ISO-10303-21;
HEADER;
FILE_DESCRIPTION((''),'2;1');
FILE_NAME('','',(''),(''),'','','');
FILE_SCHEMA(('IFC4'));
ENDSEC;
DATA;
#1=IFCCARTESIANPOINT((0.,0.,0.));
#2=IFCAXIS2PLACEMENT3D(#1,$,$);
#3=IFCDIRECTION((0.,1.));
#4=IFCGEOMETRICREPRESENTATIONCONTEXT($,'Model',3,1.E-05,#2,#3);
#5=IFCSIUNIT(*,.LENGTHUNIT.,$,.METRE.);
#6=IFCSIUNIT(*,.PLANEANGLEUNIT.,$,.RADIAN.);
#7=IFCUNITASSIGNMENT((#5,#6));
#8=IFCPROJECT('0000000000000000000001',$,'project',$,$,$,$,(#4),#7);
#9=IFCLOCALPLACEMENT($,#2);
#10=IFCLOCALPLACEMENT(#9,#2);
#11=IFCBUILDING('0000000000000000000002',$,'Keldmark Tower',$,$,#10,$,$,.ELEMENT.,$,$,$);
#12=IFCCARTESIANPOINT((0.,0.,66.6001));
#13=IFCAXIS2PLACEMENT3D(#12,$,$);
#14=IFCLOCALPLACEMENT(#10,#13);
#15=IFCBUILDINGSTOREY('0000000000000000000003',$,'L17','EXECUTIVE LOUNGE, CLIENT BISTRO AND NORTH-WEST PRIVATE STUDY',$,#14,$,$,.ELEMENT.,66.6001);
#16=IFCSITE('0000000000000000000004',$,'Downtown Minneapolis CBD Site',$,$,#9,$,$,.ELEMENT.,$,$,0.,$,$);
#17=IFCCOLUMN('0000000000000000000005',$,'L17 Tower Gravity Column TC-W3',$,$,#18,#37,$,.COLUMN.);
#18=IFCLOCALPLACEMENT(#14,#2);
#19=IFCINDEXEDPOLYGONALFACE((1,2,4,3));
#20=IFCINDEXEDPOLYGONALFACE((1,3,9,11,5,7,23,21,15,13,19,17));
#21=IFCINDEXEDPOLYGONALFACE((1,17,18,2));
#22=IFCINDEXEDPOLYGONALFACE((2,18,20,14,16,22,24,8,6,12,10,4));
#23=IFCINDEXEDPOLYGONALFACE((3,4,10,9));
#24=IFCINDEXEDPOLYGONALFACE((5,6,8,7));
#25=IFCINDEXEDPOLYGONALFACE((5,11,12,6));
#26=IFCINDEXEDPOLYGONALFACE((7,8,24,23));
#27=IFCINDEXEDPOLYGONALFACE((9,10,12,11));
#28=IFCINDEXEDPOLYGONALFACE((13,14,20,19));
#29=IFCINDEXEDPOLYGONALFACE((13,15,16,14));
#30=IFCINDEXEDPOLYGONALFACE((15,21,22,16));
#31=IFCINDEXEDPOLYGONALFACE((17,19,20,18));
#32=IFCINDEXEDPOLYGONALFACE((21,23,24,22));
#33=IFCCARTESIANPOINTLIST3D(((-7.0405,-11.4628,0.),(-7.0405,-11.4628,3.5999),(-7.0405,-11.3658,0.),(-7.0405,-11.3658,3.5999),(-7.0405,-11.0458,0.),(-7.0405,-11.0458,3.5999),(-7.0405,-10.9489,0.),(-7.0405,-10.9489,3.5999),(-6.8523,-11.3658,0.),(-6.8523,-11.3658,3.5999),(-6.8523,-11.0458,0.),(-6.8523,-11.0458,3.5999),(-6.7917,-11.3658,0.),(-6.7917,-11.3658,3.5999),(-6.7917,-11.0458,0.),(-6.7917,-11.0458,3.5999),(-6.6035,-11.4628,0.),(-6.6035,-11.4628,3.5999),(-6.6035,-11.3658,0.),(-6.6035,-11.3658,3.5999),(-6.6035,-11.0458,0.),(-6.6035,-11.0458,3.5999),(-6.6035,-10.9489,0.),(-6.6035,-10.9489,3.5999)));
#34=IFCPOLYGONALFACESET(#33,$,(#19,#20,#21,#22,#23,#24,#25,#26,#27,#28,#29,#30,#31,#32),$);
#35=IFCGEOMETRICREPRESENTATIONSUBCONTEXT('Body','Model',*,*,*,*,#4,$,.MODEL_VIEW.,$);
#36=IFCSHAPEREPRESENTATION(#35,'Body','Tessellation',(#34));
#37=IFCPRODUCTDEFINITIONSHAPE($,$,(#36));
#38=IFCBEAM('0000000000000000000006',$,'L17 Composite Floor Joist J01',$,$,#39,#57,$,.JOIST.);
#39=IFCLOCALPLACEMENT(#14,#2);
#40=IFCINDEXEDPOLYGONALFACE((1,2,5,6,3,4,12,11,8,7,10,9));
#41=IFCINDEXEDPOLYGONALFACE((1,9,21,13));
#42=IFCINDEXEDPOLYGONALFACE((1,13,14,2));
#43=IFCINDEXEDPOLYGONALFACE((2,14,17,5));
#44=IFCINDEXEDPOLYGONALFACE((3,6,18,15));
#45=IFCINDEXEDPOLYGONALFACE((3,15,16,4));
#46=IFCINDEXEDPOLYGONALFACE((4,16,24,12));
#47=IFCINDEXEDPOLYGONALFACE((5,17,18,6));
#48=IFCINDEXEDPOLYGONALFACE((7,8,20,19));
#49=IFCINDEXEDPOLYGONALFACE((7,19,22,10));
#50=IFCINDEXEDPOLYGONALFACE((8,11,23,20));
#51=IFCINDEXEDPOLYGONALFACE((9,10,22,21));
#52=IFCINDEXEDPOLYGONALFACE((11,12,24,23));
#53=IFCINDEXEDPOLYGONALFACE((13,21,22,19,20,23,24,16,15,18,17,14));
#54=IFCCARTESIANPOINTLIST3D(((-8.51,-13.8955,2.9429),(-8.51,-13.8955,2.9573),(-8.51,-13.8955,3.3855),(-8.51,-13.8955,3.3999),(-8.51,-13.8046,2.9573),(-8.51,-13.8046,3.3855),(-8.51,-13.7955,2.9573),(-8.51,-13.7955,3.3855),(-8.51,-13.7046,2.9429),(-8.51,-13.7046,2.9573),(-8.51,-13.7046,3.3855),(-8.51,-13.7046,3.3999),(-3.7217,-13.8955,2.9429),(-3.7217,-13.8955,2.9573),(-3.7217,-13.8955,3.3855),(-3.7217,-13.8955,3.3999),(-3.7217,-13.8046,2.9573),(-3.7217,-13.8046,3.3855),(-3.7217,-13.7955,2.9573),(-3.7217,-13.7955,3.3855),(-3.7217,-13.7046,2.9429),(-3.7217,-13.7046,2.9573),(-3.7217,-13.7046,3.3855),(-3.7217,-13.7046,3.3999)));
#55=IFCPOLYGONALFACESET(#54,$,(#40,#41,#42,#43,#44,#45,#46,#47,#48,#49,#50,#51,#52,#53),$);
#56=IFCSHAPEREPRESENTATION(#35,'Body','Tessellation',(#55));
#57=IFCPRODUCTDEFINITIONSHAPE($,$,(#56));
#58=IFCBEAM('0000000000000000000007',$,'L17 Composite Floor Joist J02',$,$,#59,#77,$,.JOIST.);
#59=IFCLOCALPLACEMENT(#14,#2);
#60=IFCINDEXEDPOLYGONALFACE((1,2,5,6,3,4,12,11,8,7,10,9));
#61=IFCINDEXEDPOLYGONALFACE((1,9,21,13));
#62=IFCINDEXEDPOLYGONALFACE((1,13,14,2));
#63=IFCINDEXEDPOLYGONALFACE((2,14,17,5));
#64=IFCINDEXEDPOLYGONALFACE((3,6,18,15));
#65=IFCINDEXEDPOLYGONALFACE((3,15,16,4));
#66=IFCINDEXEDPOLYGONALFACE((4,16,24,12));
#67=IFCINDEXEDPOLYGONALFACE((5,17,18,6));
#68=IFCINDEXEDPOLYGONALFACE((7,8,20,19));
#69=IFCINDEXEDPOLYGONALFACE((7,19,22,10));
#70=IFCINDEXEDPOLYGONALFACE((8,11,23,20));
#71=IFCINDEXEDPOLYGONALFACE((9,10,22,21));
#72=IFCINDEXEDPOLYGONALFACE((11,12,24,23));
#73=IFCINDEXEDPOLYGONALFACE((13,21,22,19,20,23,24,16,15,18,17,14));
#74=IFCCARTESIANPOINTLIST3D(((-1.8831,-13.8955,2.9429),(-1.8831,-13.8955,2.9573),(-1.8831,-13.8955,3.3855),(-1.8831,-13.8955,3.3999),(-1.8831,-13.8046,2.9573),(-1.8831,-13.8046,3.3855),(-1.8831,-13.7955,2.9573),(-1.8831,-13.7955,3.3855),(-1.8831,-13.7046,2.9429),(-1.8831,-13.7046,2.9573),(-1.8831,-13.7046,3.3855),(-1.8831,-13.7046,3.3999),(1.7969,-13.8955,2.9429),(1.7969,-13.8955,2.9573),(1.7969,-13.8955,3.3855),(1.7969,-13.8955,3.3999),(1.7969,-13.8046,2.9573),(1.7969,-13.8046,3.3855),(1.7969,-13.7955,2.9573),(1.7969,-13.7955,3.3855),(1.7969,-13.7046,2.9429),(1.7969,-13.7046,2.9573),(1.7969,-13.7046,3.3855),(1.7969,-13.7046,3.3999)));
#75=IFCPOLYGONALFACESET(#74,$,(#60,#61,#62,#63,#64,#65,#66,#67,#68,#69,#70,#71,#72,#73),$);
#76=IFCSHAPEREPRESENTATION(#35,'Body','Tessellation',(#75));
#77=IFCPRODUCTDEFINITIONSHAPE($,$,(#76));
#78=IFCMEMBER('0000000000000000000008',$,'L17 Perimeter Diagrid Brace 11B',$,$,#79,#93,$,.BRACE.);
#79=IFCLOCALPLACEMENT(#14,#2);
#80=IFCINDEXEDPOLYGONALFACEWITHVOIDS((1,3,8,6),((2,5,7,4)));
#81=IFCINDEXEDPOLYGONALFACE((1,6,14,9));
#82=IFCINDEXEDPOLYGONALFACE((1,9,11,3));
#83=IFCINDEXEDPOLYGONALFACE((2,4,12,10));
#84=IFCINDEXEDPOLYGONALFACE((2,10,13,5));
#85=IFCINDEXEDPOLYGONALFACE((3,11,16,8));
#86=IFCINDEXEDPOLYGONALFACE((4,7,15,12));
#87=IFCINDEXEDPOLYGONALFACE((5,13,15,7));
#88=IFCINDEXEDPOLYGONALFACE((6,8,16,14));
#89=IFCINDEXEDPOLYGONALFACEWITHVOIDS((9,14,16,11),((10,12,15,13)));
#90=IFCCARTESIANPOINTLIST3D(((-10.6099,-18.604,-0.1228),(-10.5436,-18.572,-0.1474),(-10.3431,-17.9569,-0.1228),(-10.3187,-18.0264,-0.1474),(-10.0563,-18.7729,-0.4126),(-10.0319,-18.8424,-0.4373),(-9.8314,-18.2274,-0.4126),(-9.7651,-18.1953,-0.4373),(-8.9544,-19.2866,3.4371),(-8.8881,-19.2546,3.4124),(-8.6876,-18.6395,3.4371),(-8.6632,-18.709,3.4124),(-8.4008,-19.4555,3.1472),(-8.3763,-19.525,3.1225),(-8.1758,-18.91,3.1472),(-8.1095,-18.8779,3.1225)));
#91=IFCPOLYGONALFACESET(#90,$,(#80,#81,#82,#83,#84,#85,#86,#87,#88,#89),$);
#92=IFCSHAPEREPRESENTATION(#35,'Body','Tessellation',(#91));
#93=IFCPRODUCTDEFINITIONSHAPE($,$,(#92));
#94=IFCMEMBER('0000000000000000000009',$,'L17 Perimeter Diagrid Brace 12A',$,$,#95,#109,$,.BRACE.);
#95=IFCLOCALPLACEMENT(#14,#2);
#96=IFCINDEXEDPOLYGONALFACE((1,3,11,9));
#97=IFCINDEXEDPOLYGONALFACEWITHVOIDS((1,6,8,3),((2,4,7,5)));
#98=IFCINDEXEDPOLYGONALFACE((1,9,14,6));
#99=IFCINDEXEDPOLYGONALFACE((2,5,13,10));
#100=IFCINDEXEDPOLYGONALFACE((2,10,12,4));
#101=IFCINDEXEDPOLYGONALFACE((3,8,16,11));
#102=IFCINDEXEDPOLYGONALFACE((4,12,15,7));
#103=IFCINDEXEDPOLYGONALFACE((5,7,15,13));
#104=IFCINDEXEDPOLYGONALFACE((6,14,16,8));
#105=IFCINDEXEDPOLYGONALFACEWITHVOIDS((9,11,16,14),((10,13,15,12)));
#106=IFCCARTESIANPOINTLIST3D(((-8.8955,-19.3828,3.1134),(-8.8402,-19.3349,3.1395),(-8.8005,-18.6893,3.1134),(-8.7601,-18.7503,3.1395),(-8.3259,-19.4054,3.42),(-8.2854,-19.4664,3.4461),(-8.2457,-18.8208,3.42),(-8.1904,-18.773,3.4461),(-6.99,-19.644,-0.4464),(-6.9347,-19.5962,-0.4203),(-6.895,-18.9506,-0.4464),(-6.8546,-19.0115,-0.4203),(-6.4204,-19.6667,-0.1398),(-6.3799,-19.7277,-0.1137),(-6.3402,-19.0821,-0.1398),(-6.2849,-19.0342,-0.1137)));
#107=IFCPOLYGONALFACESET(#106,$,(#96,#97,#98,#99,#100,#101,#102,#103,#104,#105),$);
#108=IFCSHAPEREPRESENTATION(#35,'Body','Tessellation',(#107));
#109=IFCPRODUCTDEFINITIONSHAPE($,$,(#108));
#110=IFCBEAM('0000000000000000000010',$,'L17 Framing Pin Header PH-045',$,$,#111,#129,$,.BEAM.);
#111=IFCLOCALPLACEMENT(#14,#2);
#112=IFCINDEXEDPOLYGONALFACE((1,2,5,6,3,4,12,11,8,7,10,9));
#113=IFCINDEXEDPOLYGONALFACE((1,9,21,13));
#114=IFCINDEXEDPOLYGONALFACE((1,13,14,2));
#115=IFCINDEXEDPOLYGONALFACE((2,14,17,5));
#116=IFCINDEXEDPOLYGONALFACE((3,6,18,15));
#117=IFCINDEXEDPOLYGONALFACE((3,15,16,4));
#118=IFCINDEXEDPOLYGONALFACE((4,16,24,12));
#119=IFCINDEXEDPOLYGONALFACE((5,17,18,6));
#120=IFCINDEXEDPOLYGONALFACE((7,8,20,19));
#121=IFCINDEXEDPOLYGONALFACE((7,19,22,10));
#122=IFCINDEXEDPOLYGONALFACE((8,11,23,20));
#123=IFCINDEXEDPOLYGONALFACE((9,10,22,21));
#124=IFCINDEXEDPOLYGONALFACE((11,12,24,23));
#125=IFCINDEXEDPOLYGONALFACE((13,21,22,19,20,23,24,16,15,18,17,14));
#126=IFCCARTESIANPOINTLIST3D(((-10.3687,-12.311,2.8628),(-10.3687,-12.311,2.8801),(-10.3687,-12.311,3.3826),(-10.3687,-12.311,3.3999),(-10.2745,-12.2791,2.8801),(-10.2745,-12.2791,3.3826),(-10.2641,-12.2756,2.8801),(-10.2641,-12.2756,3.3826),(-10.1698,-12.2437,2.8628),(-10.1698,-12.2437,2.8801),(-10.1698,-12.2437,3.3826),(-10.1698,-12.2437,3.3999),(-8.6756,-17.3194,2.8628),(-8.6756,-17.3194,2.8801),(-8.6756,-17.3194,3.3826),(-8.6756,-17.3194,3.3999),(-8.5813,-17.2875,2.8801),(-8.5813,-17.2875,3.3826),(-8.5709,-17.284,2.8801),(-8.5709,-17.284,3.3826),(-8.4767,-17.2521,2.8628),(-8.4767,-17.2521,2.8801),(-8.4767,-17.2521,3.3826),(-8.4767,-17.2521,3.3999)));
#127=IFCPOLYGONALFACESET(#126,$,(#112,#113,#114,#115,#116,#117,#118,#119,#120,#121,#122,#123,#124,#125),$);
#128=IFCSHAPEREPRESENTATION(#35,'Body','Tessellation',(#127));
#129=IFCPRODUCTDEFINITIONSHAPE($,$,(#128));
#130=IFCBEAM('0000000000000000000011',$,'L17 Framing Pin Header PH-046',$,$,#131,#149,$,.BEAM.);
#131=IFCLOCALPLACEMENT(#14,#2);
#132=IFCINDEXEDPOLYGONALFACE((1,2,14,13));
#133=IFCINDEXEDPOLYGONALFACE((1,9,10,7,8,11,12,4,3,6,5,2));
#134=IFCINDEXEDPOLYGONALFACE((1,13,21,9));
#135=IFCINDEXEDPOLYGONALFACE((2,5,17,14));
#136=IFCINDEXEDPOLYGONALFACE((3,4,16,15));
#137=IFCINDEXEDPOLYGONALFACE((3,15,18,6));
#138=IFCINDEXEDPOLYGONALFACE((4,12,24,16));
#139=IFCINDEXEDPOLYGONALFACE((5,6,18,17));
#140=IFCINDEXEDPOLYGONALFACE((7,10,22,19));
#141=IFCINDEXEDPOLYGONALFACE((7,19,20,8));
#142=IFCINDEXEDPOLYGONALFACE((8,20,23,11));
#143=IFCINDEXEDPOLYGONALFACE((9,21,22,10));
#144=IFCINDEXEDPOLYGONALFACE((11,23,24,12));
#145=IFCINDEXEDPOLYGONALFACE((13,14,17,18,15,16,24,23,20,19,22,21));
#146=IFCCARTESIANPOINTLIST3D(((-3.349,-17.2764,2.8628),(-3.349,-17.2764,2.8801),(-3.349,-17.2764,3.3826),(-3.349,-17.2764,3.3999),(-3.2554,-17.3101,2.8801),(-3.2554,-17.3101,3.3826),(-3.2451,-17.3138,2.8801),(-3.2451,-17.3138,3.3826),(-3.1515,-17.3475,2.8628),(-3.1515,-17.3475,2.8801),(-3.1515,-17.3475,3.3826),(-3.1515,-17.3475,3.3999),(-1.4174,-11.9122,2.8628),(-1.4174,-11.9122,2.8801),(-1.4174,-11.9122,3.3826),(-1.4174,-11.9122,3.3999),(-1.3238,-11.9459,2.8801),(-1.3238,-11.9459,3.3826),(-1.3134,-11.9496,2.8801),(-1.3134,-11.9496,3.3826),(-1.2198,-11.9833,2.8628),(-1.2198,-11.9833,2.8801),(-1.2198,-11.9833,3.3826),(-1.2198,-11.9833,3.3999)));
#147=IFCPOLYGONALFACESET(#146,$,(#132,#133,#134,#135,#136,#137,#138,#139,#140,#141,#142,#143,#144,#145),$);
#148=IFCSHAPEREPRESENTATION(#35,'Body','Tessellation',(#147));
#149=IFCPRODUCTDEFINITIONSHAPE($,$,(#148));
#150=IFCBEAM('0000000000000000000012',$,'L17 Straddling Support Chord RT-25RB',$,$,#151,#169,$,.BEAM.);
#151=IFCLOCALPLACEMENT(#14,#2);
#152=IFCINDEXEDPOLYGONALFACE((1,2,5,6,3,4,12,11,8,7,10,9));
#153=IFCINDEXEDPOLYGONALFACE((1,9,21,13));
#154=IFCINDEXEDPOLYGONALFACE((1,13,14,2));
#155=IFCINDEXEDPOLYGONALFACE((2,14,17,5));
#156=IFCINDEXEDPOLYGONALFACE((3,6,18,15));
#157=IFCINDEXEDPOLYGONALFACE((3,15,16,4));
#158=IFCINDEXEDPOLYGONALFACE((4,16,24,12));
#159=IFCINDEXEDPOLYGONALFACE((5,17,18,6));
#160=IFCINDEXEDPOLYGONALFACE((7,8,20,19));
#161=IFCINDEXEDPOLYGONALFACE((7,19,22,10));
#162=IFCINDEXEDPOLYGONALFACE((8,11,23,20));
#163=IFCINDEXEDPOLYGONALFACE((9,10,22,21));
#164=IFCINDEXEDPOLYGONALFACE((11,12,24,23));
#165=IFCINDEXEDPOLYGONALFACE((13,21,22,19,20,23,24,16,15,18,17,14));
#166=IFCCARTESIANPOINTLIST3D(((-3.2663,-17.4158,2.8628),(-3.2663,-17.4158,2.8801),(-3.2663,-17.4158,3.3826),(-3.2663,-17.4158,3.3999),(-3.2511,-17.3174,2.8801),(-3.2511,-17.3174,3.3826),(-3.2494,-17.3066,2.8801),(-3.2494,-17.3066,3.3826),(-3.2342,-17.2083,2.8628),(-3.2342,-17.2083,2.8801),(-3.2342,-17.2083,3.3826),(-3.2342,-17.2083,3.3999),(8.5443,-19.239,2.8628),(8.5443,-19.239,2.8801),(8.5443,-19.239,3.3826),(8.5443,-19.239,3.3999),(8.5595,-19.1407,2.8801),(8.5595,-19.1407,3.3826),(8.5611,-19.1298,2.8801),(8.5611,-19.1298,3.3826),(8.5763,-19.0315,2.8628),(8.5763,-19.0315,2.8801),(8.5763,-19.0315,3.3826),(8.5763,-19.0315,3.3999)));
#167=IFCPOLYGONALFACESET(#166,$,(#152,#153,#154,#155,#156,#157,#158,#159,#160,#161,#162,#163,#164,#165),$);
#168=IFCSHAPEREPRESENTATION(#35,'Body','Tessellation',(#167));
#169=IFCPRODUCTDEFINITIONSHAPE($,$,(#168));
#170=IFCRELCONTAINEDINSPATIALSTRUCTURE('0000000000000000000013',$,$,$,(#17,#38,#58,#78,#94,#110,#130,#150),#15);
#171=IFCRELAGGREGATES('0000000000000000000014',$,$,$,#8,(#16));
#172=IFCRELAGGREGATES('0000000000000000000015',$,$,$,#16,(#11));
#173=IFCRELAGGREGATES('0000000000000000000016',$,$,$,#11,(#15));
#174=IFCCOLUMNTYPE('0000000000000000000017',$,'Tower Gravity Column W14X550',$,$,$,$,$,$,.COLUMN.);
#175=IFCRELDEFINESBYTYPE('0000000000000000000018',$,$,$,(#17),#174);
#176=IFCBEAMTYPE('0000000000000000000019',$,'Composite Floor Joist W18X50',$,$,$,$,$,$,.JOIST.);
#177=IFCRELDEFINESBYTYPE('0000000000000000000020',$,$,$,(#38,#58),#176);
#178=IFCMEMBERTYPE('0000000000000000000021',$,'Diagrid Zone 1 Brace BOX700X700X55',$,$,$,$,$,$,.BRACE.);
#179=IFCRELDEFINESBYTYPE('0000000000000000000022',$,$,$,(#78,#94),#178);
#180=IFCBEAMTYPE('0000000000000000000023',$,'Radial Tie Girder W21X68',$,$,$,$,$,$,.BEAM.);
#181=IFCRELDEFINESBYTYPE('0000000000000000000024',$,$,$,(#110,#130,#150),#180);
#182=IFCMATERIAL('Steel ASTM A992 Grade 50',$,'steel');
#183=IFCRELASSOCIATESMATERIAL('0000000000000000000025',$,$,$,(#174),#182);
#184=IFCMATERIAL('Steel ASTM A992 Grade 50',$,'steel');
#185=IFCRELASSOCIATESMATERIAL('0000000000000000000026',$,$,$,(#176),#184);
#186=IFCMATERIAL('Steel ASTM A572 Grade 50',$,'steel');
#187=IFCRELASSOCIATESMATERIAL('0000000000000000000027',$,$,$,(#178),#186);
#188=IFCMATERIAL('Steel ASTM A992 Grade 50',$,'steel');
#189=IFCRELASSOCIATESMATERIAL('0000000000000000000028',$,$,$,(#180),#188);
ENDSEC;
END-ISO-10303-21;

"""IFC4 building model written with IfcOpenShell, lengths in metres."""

from ifc_helpers import new_model, si_unit, direction, frame, origin, origin_2d, place, context, subcontext, project, spatial, hollow_rectangle, i_section, extrude, material, material_profile, profile_set, type_object, element, save


model = new_model("IFC4")

# Units and contexts
model_context = context("Model", 3, precision=1e-05, world=origin(), true_north=direction((0.0, 1.0)))
body_context = subcontext(model_context, "Body", "Model", "MODEL_VIEW")
ifc_project = project(units=[si_unit("LENGTHUNIT", "METRE"), si_unit("PLANEANGLEUNIT", "RADIAN")], contexts=[model_context])

# Site, building, storey
site_placement = place(None, origin())
site = spatial("IfcSite", under=ifc_project, at=site_placement, Name="Downtown Minneapolis CBD Site", CompositionType="ELEMENT", RefElevation=0.0)
building_placement = place(site_placement, origin())
building = spatial("IfcBuilding", under=site, at=building_placement, Name="Keldmark Tower", CompositionType="ELEMENT")
storey_placement = place(building_placement, frame((0.0, 0.0, 66.6001)))
storey = spatial("IfcBuildingStorey", under=building, at=storey_placement, Name="L17", Description="EXECUTIVE LOUNGE, CLIENT BISTRO AND NORTH-WEST PRIVATE STUDY", CompositionType="ELEMENT", Elevation=66.6001)

# Column
ifc_material_1 = material(Name="Steel ASTM A992 Grade 50", Category="steel")
ifc_material_profile_1 = material_profile(ifc_material_1, i_section(OverallWidth=0.437, OverallDepth=0.5139, WebThickness=0.0605, FlangeThickness=0.0969, at=origin_2d()), Name="W14X550")
ifc_profile_set_1 = profile_set([ifc_material_profile_1], Name="Steel ASTM A992 Grade 50")
column_type = type_object("IfcColumnType", Name="Tower Gravity Column W14X550", PredefinedType="COLUMN", material=ifc_profile_set_1)
column_placement = place(storey_placement, frame((-6.822, -11.2058, 0.0), z_axis=(0.0, 0.0, 1.0), x_axis=(1.0, 0.0, 0.0)))
element("IfcColumn", 1, at=column_placement, inside=storey, type_object=column_type, Name="L17 Tower Gravity Column TC-W3", PredefinedType="COLUMN", context=body_context, shape_type="SweptSolid", body=[
    extrude(i_section(OverallWidth=0.437, OverallDepth=0.5139, WebThickness=0.0605, FlangeThickness=0.0969, at=origin_2d()), origin(), (0.0, 0.0, 1.0), 3.5999),
])

# Beams
ifc_material_2 = material(Name="Steel ASTM A992 Grade 50", Category="steel")
ifc_material_profile_2 = material_profile(ifc_material_2, i_section(OverallWidth=0.1909, OverallDepth=0.457, WebThickness=0.009, FlangeThickness=0.0144, at=origin_2d()), Name="W18X50")
ifc_profile_set_2 = profile_set([ifc_material_profile_2], Name="Steel ASTM A992 Grade 50")
beam_type_1 = type_object("IfcBeamType", Name="Composite Floor Joist W18X50", PredefinedType="JOIST", material=ifc_profile_set_2)
beam_1_placement = place(storey_placement, frame((-8.51, -13.8, 3.1714), z_axis=(1.0, 0.0, 0.0), x_axis=(0.0, 1.0, 0.0)))
element("IfcBeam", 2, at=beam_1_placement, inside=storey, type_object=beam_type_1, Name="L17 Composite Floor Joist J01", PredefinedType="JOIST", context=body_context, shape_type="SweptSolid", body=[
    extrude(i_section(OverallWidth=0.1909, OverallDepth=0.457, WebThickness=0.009, FlangeThickness=0.0144, at=origin_2d()), origin(), (0.0, 0.0, 1.0), 4.7883),
])
beam_2_placement = place(storey_placement, frame((-1.8831, -13.8, 3.1714), z_axis=(1.0, 0.0, 0.0), x_axis=(0.0, 1.0, 0.0)))
element("IfcBeam", 3, at=beam_2_placement, inside=storey, type_object=beam_type_1, Name="L17 Composite Floor Joist J02", PredefinedType="JOIST", context=body_context, shape_type="SweptSolid", body=[
    extrude(i_section(OverallWidth=0.1909, OverallDepth=0.457, WebThickness=0.009, FlangeThickness=0.0144, at=origin_2d()), origin(), (0.0, 0.0, 1.0), 3.6799),
])

# Members
ifc_material_3 = material(Name="Steel ASTM A572 Grade 50", Category="steel")
ifc_material_profile_3 = material_profile(ifc_material_3, hollow_rectangle(XDim=0.7, YDim=0.7, WallThickness=0.0549, at=origin_2d()), Name="BOX700X700X55")
ifc_profile_set_3 = profile_set([ifc_material_profile_3], Name="Steel ASTM A572 Grade 50")
member_type = type_object("IfcMemberType", Name="Diagrid Zone 1 Brace BOX700X700X55", PredefinedType="BRACE", material=ifc_profile_set_3)
member_1_placement = place(storey_placement, frame((-10.1875, -18.3997, -0.28), z_axis=(0.415454, -0.171303, 0.893338), x_axis=(0.381195, 0.924494, 0.0)))
element("IfcMember", 4, at=member_1_placement, inside=storey, type_object=member_type, Name="L17 Perimeter Diagrid Brace 11B", PredefinedType="BRACE", context=body_context, shape_type="SweptSolid", body=[
    extrude(hollow_rectangle(XDim=0.7, YDim=0.7, WallThickness=0.0549, at=origin_2d()), origin(), (0.0, 0.0, 1.0), 3.9849),
])
member_2_placement = place(storey_placement, frame((-6.6375, -19.3391, -0.28), z_axis=(-0.470943, 0.064562, 0.879798), x_axis=(-0.135821, -0.990733, 0.0)))
element("IfcMember", 5, at=member_2_placement, inside=storey, type_object=member_type, Name="L17 Perimeter Diagrid Brace 12A", PredefinedType="BRACE", context=body_context, shape_type="SweptSolid", body=[
    extrude(hollow_rectangle(XDim=0.7, YDim=0.7, WallThickness=0.0549, at=origin_2d()), origin(), (0.0, 0.0, 1.0), 4.0461),
])

# Beams
ifc_material_4 = material(Name="Steel ASTM A992 Grade 50", Category="steel")
ifc_material_profile_4 = material_profile(ifc_material_4, i_section(OverallWidth=0.21, OverallDepth=0.5371, WebThickness=0.011, FlangeThickness=0.0173, at=origin_2d()), Name="W21X68")
ifc_profile_set_4 = profile_set([ifc_material_profile_4], Name="Steel ASTM A992 Grade 50")
beam_type_2 = type_object("IfcBeamType", Name="Radial Tie Girder W21X68", PredefinedType="BEAM", material=ifc_profile_set_4)
beam_3_placement = place(storey_placement, frame((-10.2693, -12.2773, 3.1313), z_axis=(0.320256, -0.947331, 0.0), x_axis=(0.947331, 0.320256, 0.0)))
element("IfcBeam", 6, at=beam_3_placement, inside=storey, type_object=beam_type_2, Name="L17 Framing Pin Header PH-045", PredefinedType="BEAM", context=body_context, shape_type="SweptSolid", body=[
    extrude(i_section(OverallWidth=0.21, OverallDepth=0.5371, WebThickness=0.011, FlangeThickness=0.0173, at=origin_2d()), origin(), (0.0, 0.0, 1.0), 5.2869),
])
beam_4_placement = place(storey_placement, frame((-1.3186, -11.9478, 3.1313), z_axis=(-0.338798, -0.940859, 0.0), x_axis=(0.940859, -0.338798, 0.0)))
element("IfcBeam", 7, at=beam_4_placement, inside=storey, type_object=beam_type_2, Name="L17 Framing Pin Header PH-046", PredefinedType="BEAM", context=body_context, shape_type="SweptSolid", body=[
    extrude(i_section(OverallWidth=0.21, OverallDepth=0.5371, WebThickness=0.011, FlangeThickness=0.0173, at=origin_2d()), origin(), (0.0, 0.0, 1.0), 5.7014),
])
beam_5_placement = place(storey_placement, frame((-3.2502, -17.312, 3.1313), z_axis=(0.988293, -0.152567, 0.0), x_axis=(0.152567, 0.988293, 0.0)))
element("IfcBeam", 8, at=beam_5_placement, inside=storey, type_object=beam_type_2, Name="L17 Straddling Support Chord RT-25RB", PredefinedType="BEAM", context=body_context, shape_type="SweptSolid", body=[
    extrude(i_section(OverallWidth=0.21, OverallDepth=0.5371, WebThickness=0.011, FlangeThickness=0.0173, at=origin_2d()), origin(), (0.0, 0.0, 1.0), 11.9504),
])

save(model, "model.ifc")
